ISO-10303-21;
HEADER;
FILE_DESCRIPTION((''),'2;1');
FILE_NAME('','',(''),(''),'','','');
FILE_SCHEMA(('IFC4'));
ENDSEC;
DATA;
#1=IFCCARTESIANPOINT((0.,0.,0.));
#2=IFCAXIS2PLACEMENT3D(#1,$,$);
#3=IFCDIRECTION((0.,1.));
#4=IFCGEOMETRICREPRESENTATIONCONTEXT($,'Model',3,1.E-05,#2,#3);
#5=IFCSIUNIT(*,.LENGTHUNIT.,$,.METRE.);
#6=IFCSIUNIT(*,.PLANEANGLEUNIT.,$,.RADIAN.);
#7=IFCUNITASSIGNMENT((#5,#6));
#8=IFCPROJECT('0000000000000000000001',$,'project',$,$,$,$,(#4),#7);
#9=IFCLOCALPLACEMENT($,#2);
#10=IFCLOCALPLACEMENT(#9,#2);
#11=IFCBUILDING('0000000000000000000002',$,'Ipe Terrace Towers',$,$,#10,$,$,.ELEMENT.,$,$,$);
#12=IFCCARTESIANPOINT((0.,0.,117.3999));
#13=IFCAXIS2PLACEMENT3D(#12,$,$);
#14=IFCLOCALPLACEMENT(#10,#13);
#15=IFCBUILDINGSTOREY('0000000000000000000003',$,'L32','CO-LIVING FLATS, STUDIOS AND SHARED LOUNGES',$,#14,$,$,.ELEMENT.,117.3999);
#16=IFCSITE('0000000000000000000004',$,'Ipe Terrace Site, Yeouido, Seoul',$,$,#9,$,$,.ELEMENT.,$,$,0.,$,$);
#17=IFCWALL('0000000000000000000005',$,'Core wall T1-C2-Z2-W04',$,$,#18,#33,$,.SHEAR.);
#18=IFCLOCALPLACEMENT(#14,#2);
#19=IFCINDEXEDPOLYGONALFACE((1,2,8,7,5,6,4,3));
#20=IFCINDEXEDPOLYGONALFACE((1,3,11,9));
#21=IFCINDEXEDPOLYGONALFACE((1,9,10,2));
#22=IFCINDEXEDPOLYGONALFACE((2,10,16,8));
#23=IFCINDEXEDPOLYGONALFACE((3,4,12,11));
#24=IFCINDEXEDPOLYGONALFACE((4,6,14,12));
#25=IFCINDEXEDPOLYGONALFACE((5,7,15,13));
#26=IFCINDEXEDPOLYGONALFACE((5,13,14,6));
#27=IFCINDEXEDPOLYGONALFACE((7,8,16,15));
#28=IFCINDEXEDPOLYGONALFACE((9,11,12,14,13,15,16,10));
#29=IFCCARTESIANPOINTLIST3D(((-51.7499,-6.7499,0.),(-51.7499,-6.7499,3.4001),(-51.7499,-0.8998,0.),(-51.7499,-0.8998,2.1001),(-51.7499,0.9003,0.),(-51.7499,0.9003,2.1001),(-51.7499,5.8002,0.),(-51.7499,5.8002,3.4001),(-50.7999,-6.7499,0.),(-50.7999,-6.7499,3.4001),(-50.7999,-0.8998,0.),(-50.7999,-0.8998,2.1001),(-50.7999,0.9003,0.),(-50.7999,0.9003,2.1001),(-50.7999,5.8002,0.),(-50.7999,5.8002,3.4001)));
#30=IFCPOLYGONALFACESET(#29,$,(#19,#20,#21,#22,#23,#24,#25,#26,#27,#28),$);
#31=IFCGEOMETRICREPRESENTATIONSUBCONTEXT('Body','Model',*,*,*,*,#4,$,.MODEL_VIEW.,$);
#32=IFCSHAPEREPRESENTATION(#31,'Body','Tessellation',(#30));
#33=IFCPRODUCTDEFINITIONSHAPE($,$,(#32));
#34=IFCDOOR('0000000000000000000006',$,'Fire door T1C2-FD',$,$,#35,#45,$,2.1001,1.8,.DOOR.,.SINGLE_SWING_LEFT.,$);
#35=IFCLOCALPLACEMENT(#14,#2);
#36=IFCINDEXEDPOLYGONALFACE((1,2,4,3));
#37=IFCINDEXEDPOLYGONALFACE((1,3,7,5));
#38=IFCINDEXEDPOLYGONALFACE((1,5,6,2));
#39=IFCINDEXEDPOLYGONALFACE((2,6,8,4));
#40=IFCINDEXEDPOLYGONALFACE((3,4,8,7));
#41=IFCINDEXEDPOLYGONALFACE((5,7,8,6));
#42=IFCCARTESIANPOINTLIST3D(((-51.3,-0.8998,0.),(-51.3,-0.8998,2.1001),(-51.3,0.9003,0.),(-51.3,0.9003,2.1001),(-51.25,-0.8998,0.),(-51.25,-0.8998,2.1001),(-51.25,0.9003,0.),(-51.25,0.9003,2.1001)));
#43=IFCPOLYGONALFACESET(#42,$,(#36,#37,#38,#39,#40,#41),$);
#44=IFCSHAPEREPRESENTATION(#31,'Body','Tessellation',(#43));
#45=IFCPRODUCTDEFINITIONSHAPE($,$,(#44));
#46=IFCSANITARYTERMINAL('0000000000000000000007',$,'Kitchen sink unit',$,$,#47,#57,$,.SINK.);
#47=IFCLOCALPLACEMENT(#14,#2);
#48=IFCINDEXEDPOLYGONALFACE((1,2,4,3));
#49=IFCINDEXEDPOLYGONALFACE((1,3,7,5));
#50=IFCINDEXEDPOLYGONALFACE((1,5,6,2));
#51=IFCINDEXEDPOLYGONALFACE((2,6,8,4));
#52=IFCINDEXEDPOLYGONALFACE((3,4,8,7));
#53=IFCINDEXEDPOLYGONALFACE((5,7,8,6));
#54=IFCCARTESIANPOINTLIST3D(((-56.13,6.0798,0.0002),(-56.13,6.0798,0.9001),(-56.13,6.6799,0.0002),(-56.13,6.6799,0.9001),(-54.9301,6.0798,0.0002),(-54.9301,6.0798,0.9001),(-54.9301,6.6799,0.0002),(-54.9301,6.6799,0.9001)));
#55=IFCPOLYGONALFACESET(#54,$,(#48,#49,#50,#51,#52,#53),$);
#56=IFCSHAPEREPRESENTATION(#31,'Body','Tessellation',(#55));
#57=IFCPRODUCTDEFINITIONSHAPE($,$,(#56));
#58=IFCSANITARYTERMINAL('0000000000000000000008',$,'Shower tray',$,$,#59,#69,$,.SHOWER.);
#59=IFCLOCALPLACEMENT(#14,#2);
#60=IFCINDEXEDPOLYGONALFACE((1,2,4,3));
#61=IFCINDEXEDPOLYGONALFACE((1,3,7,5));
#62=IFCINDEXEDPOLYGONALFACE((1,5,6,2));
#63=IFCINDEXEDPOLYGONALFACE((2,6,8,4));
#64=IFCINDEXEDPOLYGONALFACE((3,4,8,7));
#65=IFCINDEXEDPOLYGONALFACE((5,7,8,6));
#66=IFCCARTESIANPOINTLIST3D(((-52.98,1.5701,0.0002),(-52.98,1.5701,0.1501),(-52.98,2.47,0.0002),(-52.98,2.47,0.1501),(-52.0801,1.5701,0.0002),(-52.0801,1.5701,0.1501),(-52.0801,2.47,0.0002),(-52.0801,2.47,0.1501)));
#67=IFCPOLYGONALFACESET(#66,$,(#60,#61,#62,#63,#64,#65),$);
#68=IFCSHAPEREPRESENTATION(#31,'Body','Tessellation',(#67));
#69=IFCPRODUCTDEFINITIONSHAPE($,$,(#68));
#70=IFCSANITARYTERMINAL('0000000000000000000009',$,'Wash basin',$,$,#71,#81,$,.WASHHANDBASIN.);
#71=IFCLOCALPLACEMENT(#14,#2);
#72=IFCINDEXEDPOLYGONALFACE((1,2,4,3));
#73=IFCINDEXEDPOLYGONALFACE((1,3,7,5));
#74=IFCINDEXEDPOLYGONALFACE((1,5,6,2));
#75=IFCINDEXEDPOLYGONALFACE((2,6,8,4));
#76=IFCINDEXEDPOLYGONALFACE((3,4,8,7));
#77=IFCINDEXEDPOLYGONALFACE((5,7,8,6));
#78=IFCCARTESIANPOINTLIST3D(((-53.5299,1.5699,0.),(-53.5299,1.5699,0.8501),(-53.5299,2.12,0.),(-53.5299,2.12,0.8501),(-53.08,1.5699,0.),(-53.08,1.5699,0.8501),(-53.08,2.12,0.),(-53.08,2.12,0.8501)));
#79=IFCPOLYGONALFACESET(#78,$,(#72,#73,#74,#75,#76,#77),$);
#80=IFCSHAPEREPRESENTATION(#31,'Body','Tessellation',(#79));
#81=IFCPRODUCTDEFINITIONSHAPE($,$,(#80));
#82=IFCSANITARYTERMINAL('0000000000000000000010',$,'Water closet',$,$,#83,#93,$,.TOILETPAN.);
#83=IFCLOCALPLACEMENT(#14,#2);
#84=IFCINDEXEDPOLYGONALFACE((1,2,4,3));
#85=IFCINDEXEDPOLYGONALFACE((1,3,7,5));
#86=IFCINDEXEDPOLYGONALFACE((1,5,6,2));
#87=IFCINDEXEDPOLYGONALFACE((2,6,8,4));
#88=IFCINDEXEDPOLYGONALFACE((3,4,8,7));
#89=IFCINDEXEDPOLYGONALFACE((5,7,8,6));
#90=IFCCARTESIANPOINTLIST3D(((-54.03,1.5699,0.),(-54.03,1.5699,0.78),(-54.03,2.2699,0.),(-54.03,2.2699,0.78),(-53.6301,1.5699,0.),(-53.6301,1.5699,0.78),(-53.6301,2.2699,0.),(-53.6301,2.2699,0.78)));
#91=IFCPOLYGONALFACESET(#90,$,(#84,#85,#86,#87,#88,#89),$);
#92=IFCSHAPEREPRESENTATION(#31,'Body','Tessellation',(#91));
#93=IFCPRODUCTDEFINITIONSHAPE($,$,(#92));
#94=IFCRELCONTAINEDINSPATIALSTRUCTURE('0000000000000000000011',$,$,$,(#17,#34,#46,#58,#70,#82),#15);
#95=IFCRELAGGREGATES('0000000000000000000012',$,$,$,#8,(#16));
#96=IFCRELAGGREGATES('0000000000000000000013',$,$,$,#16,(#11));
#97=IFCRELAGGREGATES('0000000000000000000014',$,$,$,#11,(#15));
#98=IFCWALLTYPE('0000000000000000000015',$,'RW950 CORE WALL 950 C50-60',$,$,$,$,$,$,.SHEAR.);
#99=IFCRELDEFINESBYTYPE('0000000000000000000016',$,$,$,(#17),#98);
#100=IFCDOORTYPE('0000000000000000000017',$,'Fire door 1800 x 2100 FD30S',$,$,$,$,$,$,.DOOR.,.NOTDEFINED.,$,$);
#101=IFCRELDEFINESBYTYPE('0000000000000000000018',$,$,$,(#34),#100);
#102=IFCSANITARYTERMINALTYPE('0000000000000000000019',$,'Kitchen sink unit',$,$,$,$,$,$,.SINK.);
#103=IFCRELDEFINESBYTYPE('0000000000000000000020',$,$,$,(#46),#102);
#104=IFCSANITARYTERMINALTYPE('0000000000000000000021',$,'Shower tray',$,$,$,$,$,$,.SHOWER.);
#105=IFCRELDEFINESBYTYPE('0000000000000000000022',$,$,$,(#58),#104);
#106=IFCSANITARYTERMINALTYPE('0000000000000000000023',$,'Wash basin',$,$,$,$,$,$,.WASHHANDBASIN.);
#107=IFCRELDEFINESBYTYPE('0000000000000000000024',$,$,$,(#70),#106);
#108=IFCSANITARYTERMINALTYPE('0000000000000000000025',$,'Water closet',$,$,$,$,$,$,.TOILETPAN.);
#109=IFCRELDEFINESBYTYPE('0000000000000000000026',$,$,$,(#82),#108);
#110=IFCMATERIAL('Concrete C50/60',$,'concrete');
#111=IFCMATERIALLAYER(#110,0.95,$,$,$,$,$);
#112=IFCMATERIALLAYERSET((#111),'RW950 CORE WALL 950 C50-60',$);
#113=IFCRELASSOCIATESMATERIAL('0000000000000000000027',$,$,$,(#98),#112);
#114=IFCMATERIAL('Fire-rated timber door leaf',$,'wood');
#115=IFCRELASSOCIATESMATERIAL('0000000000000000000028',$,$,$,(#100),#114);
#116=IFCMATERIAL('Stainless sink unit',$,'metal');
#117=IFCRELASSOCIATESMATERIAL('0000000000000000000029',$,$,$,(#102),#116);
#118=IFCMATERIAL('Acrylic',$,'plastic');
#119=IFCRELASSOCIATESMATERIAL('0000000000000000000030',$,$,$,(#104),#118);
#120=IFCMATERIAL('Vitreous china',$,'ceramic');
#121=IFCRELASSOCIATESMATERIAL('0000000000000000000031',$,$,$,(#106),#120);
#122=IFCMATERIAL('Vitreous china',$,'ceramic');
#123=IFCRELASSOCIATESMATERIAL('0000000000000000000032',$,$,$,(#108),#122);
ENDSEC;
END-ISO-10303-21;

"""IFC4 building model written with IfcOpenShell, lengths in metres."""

from ifc_helpers import new_model, si_unit, direction, frame, frame_2d, origin, origin_2d, place, context, subcontext, project, spatial, rectangle, extrude, material, layer, layer_set, type_object, element, fill, save


model = new_model("IFC4")

# Units and contexts
model_context = context("Model", 3, precision=1e-05, world=origin(), true_north=direction((0.0, 1.0)))
body_context = subcontext(model_context, "Body", "Model", "MODEL_VIEW")
ifc_project = project(units=[si_unit("LENGTHUNIT", "METRE"), si_unit("PLANEANGLEUNIT", "RADIAN")], contexts=[model_context])

# Site, building, storey
site_placement = place(None, origin())
site = spatial("IfcSite", under=ifc_project, at=site_placement, Name="Ipe Terrace Site, Yeouido, Seoul", CompositionType="ELEMENT", RefElevation=0.0)
building_placement = place(site_placement, origin())
building = spatial("IfcBuilding", under=site, at=building_placement, Name="Ipe Terrace Towers", CompositionType="ELEMENT")
storey_placement = place(building_placement, frame((0.0, 0.0, 117.3999)))
storey = spatial("IfcBuildingStorey", under=building, at=storey_placement, Name="L32", Description="CO-LIVING FLATS, STUDIOS AND SHARED LOUNGES", CompositionType="ELEMENT", Elevation=117.3999)

# Wall, opening, door
ifc_material_1 = material(Name="Concrete C50/60", Category="concrete")
ifc_layer_1 = layer(ifc_material_1, 0.95)
ifc_layer_set_1 = layer_set([ifc_layer_1], Name="RW950 CORE WALL 950 C50-60")
wall_type_1 = type_object("IfcWallType", Name="RW950 CORE WALL 950 C50-60", PredefinedType="SHEAR", material=ifc_layer_set_1)
wall_1_placement = place(storey_placement, frame((-51.2749, 5.8, 0.0), z_axis=(0.0, 0.0, 1.0), x_axis=(0.0, -1.0, 0.0)))
wall_1 = element("IfcWall", 1, at=wall_1_placement, inside=storey, type_object=wall_type_1, Name="Core wall T1-C2-Z2-W04", PredefinedType="SHEAR", context=body_context, shape_type="SweptSolid", body=[
    extrude(rectangle(XDim=12.55, YDim=0.95, at=frame_2d((6.2749, 0.0))), origin(), (0.0, 0.0, 1.0), 3.4001),
])
opening_1_placement = place(wall_1_placement, frame((4.8999, 0.0, 0.0)))
opening_1 = element("IfcOpeningElement", 2, at=opening_1_placement, cuts=wall_1, PredefinedType="OPENING", context=body_context, shape_type="SweptSolid", body=[
    extrude(rectangle(XDim=1.8, YDim=2.1001, at=frame_2d((0.8999, 1.05))), frame((0.0, 0.4849, 0.0), z_axis=(0.0, -1.0, 0.0), x_axis=(1.0, 0.0, 0.0)), (0.0, 0.0, 1.0), 0.97),
])
ifc_material_2 = material(Name="Fire-rated timber door leaf", Category="wood")
door_type_1 = type_object("IfcDoorType", Name="Fire door 1800 x 2100 FD30S", OperationType="NOTDEFINED", PredefinedType="DOOR", material=ifc_material_2)
door_1_placement = place(opening_1_placement, origin())
door_1 = element("IfcDoor", 3, at=door_1_placement, inside=storey, type_object=door_type_1, Name="Fire door T1C2-FD", OperationType="SINGLE_SWING_LEFT", OverallHeight=2.1001, OverallWidth=1.8, PredefinedType="DOOR", context=body_context, shape_type="SweptSolid", body=[
    extrude(rectangle(XDim=1.8, YDim=2.1001, at=frame_2d((0.8999, 1.05))), frame((0.0, 0.0249, 0.0), z_axis=(0.0, -1.0, 0.0), x_axis=(1.0, 0.0, 0.0)), (0.0, 0.0, 1.0), 0.05),
])
fill(opening_1, door_1)

# Sanitary terminals
ifc_material_3 = material(Name="Stainless sink unit", Category="metal")
sanitary_terminal_type_1 = type_object("IfcSanitaryTerminalType", Name="Kitchen sink unit", PredefinedType="SINK", material=ifc_material_3)
sanitary_terminal_1_placement = place(storey_placement, frame((-55.53, 6.3799, 0.0002), z_axis=(0.0, 0.0, 1.0), x_axis=(1.0, 0.0, 0.0)))
element("IfcSanitaryTerminal", 4, at=sanitary_terminal_1_placement, inside=storey, type_object=sanitary_terminal_type_1, Name="Kitchen sink unit", PredefinedType="SINK", context=body_context, shape_type="SweptSolid", body=[
    extrude(rectangle(XDim=1.2, YDim=0.6001, at=origin_2d()), origin(), (0.0, 0.0, 1.0), 0.8999),
])
ifc_material_4 = material(Name="Acrylic", Category="plastic")
sanitary_terminal_type_2 = type_object("IfcSanitaryTerminalType", Name="Shower tray", PredefinedType="SHOWER", material=ifc_material_4)
sanitary_terminal_2_placement = place(storey_placement, frame((-52.53, 2.02, 0.0002), z_axis=(0.0, 0.0, 1.0), x_axis=(0.0, 1.0, 0.0)))
element("IfcSanitaryTerminal", 5, at=sanitary_terminal_2_placement, inside=storey, type_object=sanitary_terminal_type_2, Name="Shower tray", PredefinedType="SHOWER", context=body_context, shape_type="SweptSolid", body=[
    extrude(rectangle(XDim=0.8999, YDim=0.8999, at=origin_2d()), origin(), (0.0, 0.0, 1.0), 0.1499),
])
ifc_material_5 = material(Name="Vitreous china", Category="ceramic")
sanitary_terminal_type_3 = type_object("IfcSanitaryTerminalType", Name="Wash basin", PredefinedType="WASHHANDBASIN", material=ifc_material_5)
sanitary_terminal_3_placement = place(storey_placement, frame((-53.3049, 1.845, 0.0), z_axis=(0.0, 0.0, 1.0), x_axis=(0.0, 1.0, 0.0)))
element("IfcSanitaryTerminal", 6, at=sanitary_terminal_3_placement, inside=storey, type_object=sanitary_terminal_type_3, Name="Wash basin", PredefinedType="WASHHANDBASIN", context=body_context, shape_type="SweptSolid", body=[
    extrude(rectangle(XDim=0.55, YDim=0.45, at=origin_2d()), origin(), (0.0, 0.0, 1.0), 0.8501),
])
ifc_material_6 = material(Name="Vitreous china", Category="ceramic")
sanitary_terminal_type_4 = type_object("IfcSanitaryTerminalType", Name="Water closet", PredefinedType="TOILETPAN", material=ifc_material_6)
sanitary_terminal_4_placement = place(storey_placement, frame((-53.8301, 1.9199, 0.0), z_axis=(0.0, 0.0, 1.0), x_axis=(0.0, 1.0, 0.0)))
element("IfcSanitaryTerminal", 7, at=sanitary_terminal_4_placement, inside=storey, type_object=sanitary_terminal_type_4, Name="Water closet", PredefinedType="TOILETPAN", context=body_context, shape_type="SweptSolid", body=[
    extrude(rectangle(XDim=0.7, YDim=0.3999, at=origin_2d()), origin(), (0.0, 0.0, 1.0), 0.78),
])

save(model, "model.ifc")
